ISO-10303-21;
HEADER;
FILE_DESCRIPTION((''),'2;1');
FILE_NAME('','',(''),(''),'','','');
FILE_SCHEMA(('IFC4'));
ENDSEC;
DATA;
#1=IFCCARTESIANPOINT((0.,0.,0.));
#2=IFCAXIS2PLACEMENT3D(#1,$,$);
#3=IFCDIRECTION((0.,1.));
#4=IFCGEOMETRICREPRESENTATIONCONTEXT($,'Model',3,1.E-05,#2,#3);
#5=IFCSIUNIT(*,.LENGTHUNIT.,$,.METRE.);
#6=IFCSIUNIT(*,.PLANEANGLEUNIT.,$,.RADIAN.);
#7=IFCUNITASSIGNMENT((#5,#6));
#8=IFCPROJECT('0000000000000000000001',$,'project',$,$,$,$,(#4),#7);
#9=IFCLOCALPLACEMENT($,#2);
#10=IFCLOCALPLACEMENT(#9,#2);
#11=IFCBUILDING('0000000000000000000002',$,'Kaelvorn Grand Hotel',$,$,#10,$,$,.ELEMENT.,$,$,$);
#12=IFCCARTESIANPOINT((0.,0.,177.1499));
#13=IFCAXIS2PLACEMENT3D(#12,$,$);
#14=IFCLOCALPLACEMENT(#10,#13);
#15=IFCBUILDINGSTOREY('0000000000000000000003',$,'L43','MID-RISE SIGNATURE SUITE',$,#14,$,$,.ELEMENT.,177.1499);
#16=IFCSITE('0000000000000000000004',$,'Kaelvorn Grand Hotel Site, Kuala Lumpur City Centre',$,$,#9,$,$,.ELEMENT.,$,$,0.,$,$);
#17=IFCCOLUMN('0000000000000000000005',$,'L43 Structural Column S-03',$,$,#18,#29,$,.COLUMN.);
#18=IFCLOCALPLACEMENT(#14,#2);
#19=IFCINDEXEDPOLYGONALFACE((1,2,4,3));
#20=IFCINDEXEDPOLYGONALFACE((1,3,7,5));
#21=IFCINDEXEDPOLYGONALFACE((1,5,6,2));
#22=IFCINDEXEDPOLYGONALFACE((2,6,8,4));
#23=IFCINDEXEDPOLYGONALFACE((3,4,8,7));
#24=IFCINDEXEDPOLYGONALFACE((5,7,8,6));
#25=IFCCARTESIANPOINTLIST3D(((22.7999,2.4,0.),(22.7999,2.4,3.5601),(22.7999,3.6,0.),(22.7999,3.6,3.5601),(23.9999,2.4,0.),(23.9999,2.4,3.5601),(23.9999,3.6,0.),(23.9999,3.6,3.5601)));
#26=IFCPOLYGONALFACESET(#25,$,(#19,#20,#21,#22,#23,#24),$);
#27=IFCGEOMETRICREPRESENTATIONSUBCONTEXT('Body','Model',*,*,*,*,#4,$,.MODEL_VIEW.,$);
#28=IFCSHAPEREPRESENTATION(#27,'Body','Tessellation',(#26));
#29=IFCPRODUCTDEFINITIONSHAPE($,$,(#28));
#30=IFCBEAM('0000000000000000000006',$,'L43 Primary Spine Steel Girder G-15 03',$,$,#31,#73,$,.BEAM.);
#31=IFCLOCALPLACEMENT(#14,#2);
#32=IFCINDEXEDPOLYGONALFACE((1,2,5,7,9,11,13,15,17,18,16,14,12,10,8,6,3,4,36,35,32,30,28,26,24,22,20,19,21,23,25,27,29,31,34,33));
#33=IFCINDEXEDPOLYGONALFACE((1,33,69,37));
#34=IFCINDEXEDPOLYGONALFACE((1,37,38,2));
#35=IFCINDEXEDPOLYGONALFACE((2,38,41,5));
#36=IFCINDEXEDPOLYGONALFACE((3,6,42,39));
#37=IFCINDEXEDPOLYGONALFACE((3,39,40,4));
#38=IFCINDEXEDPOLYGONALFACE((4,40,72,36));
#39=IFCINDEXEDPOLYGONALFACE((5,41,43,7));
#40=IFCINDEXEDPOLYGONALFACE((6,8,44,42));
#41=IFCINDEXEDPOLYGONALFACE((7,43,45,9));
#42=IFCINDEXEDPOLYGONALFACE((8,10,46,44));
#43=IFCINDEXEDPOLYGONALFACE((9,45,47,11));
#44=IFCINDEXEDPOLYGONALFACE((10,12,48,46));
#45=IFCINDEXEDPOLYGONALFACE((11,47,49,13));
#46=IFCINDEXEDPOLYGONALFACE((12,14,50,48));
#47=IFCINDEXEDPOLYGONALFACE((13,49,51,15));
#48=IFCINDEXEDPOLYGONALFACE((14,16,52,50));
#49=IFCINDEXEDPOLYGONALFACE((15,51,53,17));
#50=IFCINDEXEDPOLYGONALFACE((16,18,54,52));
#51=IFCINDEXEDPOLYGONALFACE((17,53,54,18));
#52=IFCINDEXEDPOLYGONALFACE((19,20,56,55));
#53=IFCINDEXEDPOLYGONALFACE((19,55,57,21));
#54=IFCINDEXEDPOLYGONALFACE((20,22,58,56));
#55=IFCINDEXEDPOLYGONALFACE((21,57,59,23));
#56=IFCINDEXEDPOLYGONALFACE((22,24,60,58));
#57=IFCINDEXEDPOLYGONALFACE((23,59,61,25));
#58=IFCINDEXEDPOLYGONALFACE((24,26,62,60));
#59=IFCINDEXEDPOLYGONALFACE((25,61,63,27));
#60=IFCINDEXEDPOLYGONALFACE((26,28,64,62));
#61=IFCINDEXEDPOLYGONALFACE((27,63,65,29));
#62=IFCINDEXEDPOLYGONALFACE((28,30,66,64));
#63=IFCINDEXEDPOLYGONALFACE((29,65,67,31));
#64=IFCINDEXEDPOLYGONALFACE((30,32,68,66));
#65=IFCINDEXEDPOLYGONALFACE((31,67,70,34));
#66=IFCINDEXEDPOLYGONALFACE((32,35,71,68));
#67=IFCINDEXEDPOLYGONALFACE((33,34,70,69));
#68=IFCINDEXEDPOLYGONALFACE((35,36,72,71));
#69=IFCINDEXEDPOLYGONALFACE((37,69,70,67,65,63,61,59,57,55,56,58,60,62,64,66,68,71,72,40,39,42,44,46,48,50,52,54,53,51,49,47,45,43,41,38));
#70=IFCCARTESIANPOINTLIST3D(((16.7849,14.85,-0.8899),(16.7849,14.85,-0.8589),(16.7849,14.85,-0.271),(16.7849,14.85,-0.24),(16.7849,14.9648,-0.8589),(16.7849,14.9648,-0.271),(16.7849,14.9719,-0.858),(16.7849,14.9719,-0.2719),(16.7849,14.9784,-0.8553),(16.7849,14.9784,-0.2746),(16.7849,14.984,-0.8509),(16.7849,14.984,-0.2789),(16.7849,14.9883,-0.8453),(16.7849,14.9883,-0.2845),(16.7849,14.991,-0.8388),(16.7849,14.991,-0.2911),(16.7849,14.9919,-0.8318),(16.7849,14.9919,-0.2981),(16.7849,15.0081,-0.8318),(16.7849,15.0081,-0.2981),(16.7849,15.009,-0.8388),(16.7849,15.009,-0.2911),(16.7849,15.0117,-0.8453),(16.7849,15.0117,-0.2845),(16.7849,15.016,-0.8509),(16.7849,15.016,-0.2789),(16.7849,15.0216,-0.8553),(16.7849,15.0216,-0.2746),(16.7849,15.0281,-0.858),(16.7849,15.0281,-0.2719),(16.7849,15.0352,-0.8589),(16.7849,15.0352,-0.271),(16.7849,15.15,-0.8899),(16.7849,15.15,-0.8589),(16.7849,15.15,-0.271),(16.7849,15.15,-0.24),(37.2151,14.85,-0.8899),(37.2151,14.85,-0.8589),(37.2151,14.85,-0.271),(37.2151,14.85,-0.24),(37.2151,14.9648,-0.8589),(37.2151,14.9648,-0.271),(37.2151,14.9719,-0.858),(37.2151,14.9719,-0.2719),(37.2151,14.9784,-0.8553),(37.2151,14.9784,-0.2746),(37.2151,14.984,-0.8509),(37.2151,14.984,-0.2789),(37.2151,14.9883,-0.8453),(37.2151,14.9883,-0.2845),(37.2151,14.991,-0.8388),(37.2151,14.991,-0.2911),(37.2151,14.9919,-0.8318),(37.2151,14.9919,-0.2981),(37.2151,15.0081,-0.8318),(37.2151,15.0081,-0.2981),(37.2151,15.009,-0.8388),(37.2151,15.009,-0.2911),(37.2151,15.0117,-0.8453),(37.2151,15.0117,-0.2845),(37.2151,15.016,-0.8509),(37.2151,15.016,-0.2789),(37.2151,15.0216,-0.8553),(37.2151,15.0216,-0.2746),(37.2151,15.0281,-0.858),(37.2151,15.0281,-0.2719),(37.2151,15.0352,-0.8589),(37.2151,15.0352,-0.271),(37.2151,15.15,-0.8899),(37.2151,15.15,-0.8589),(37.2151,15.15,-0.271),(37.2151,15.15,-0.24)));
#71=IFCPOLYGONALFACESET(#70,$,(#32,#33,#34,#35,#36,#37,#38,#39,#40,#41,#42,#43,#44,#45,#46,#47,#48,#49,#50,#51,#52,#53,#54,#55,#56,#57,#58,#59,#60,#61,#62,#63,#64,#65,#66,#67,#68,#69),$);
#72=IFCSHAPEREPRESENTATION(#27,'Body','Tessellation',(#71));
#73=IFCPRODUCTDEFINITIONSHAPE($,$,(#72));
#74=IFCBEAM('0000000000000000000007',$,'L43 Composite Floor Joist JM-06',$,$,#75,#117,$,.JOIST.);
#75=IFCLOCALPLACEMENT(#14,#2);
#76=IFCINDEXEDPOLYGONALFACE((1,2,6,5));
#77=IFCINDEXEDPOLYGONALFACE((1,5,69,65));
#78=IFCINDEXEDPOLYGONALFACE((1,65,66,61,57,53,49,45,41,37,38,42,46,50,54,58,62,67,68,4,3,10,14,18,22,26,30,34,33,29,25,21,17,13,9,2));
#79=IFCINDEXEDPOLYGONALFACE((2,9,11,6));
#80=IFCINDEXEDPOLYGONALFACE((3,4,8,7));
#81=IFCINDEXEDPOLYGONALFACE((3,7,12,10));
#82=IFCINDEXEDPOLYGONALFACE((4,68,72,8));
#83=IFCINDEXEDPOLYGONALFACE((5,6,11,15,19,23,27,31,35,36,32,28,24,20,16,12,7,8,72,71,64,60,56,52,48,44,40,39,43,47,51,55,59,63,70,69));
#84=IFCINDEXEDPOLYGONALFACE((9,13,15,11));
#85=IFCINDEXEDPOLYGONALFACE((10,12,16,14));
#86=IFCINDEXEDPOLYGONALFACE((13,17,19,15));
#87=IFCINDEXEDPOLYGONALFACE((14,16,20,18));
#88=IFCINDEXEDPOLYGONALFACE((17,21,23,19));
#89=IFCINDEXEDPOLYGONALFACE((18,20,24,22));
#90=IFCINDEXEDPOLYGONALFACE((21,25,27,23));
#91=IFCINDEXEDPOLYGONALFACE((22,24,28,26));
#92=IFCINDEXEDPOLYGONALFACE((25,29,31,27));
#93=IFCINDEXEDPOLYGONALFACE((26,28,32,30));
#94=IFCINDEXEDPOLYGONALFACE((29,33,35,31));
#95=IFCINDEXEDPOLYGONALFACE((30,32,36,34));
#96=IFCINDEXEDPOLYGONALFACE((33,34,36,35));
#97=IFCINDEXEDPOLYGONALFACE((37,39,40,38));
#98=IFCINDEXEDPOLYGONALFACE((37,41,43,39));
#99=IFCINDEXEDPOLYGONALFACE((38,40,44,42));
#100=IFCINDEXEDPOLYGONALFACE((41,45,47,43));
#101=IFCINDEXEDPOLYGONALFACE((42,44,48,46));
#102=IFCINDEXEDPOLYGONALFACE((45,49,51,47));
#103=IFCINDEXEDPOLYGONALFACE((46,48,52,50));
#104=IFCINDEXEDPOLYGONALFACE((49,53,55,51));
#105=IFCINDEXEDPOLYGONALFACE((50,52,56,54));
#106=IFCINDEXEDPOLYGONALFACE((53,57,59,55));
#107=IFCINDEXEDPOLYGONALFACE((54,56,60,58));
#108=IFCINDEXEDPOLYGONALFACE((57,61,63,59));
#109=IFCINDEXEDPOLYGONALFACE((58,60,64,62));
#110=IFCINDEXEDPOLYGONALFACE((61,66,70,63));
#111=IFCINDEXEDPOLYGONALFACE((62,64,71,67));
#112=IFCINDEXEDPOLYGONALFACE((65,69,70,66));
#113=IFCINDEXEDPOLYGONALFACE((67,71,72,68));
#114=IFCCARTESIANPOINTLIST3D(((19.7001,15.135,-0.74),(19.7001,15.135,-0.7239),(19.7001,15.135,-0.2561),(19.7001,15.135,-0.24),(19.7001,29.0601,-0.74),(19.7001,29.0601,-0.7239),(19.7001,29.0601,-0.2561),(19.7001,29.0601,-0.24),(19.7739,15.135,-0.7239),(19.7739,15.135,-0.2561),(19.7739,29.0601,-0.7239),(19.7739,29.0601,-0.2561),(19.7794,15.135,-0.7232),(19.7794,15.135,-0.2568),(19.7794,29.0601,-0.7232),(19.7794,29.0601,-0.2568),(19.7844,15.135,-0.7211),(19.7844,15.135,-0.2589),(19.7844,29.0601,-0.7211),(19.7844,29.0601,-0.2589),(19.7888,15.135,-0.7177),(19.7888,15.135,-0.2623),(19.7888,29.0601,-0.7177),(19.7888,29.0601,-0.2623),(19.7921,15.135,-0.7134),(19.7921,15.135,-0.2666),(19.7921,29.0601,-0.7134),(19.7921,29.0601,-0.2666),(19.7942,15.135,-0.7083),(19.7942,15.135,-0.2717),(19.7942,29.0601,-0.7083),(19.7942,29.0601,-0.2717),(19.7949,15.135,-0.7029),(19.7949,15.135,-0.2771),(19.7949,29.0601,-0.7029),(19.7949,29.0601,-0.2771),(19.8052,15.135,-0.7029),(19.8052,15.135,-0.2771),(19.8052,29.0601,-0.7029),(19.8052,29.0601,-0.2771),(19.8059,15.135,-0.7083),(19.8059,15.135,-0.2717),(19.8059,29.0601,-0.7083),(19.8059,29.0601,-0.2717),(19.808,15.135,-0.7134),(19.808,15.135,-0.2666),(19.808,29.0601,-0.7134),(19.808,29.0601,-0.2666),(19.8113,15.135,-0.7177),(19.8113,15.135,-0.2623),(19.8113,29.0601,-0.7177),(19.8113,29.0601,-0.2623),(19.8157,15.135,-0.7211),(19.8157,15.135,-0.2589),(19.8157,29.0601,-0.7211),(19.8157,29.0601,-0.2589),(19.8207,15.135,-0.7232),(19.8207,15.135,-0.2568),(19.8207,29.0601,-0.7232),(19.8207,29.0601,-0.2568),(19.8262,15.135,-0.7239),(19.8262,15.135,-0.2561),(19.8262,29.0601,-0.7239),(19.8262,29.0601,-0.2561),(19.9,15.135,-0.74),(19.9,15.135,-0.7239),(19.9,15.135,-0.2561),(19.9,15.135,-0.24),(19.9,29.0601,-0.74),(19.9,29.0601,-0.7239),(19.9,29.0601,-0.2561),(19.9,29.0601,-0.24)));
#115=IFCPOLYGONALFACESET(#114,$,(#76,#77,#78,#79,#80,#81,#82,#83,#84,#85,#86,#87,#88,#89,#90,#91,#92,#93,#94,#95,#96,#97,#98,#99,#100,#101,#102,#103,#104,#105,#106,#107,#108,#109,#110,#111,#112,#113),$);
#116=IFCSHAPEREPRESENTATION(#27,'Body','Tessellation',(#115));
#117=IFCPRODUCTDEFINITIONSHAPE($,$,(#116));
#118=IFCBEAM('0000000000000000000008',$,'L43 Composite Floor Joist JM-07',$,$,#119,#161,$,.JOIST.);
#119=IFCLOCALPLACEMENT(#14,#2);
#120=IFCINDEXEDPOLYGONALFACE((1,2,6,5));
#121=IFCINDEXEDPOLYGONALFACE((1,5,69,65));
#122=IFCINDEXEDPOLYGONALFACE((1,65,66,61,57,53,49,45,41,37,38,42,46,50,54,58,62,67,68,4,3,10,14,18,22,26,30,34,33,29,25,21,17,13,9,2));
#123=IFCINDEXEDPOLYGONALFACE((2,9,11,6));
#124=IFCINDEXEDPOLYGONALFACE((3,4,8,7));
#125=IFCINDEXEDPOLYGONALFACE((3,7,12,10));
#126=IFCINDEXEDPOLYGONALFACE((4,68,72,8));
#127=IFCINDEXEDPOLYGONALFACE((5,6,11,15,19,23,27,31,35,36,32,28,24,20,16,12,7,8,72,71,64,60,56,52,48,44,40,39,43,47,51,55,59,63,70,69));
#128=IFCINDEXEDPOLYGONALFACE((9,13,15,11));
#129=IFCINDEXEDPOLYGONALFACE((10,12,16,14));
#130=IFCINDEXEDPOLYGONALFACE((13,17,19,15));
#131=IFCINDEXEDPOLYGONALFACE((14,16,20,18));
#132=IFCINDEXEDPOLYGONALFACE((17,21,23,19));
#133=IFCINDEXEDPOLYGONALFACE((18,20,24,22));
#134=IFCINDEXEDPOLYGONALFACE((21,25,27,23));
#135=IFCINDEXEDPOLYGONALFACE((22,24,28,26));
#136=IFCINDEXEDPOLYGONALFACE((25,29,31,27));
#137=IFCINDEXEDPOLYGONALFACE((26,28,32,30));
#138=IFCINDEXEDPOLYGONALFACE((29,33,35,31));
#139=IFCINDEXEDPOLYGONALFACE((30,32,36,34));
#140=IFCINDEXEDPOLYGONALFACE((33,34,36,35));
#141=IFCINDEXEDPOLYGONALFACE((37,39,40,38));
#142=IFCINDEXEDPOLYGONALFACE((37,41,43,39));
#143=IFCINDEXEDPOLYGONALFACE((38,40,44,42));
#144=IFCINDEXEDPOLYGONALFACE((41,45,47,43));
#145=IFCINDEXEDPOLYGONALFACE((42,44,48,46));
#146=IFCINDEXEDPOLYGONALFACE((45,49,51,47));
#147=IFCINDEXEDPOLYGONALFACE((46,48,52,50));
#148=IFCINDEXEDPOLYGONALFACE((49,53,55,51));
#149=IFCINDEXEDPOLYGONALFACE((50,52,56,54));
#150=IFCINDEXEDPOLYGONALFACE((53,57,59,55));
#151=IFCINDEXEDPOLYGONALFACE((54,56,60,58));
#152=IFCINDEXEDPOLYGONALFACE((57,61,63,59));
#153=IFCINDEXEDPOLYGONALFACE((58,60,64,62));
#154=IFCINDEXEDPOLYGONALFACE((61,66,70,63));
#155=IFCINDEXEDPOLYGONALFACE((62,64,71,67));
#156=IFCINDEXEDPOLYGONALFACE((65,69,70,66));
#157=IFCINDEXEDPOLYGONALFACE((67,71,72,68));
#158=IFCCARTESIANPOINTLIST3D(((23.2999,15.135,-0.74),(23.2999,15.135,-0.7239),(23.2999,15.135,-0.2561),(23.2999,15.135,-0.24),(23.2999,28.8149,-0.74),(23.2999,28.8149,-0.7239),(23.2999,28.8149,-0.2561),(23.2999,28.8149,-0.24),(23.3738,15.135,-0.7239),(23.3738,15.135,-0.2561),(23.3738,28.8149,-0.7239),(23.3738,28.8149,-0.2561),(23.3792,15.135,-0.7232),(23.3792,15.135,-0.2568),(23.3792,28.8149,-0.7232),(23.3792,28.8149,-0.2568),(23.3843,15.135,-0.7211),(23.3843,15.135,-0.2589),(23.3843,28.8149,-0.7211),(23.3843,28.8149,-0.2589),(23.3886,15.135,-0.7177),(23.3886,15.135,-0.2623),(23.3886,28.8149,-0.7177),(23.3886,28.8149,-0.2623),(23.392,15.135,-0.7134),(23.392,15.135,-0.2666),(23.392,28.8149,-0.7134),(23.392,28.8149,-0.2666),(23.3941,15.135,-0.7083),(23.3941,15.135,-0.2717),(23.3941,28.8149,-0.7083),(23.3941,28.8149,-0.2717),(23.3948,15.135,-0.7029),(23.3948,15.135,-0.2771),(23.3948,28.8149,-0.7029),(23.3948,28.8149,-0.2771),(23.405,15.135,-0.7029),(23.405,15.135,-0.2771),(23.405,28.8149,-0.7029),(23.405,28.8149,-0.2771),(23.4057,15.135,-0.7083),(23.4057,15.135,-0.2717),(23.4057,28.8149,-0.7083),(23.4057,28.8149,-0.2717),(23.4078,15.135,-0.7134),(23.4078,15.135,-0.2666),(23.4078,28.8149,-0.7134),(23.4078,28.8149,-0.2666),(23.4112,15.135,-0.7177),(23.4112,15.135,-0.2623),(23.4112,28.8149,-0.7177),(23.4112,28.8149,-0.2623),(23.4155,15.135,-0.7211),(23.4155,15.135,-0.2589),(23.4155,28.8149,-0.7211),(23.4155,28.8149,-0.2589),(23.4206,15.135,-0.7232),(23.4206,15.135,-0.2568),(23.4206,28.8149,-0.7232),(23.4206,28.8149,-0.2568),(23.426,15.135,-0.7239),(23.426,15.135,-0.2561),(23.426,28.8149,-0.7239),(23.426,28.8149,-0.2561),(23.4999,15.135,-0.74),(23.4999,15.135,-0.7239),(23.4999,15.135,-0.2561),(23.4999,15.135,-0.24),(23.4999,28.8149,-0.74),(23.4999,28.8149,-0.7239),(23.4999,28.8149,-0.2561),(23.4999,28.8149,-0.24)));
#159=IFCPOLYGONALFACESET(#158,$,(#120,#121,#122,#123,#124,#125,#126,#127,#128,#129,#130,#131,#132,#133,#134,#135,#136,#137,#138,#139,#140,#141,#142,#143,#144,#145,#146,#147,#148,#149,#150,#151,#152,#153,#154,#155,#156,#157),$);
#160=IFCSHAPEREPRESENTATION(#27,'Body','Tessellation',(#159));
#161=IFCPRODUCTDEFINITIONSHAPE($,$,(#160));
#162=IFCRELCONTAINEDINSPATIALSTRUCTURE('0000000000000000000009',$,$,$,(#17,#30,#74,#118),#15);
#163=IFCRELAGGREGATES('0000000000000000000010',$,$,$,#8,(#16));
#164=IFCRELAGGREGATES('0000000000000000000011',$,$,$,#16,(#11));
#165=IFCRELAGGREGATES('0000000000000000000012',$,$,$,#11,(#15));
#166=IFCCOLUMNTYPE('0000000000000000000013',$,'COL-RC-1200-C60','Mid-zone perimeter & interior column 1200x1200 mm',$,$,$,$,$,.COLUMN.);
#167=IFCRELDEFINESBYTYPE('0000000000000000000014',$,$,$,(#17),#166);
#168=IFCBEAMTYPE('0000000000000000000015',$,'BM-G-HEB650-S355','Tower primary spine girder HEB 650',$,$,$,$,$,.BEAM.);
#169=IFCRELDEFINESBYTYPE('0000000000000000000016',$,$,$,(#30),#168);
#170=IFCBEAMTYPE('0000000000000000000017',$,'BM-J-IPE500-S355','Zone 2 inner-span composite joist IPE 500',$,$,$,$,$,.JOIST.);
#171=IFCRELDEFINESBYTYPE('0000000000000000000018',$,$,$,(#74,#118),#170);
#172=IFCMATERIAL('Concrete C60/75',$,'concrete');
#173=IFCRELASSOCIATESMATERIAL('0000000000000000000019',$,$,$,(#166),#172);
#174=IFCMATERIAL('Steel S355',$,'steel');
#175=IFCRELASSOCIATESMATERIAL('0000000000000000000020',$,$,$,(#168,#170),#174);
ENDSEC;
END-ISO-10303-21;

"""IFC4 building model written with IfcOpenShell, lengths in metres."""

from ifc_helpers import new_model, si_unit, direction, frame, origin, origin_2d, place, context, subcontext, project, spatial, rectangle, i_section, extrude, material, material_profile, profile_set, type_object, element, save


model = new_model("IFC4")

# Units and contexts
model_context = context("Model", 3, precision=1e-05, world=origin(), true_north=direction((0.0, 1.0)))
body_context = subcontext(model_context, "Body", "Model", "MODEL_VIEW")
ifc_project = project(units=[si_unit("LENGTHUNIT", "METRE"), si_unit("PLANEANGLEUNIT", "RADIAN")], contexts=[model_context])

# Site, building, storey
site_placement = place(None, origin())
site = spatial("IfcSite", under=ifc_project, at=site_placement, Name="Kaelvorn Grand Hotel Site, Kuala Lumpur City Centre", CompositionType="ELEMENT", RefElevation=0.0)
building_placement = place(site_placement, origin())
building = spatial("IfcBuilding", under=site, at=building_placement, Name="Kaelvorn Grand Hotel", CompositionType="ELEMENT")
storey_placement = place(building_placement, frame((0.0, 0.0, 177.1499)))
storey = spatial("IfcBuildingStorey", under=building, at=storey_placement, Name="L43", Description="MID-RISE SIGNATURE SUITE", CompositionType="ELEMENT", Elevation=177.1499)

# Column
ifc_material_1 = material(Name="Concrete C60/75", Category="concrete")
ifc_material_profile_1 = material_profile(ifc_material_1, rectangle(XDim=1.2, YDim=1.2, at=origin_2d()), Name="RC COL 1200x1200")
ifc_profile_set_1 = profile_set([ifc_material_profile_1], Name="Concrete C60/75")
column_type = type_object("IfcColumnType", Name="COL-RC-1200-C60", Description="Mid-zone perimeter & interior column 1200x1200 mm", PredefinedType="COLUMN", material=ifc_profile_set_1)
column_placement = place(storey_placement, frame((23.3999, 3.0, 0.0), z_axis=(0.0, 0.0, 1.0), x_axis=(1.0, 0.0, 0.0)))
element("IfcColumn", 1, at=column_placement, inside=storey, type_object=column_type, Name="L43 Structural Column S-03", PredefinedType="COLUMN", context=body_context, shape_type="SweptSolid", body=[
    extrude(rectangle(XDim=1.2, YDim=1.2, at=origin_2d()), origin(), (0.0, 0.0, 1.0), 3.5601),
])

# Beams
ifc_material_2 = material(Name="Steel S355", Category="steel")
ifc_material_profile_2 = material_profile(ifc_material_2, i_section(OverallWidth=0.3, OverallDepth=0.6499, WebThickness=0.0161, FlangeThickness=0.031, FilletRadius=0.0271, at=origin_2d()), Name="HEB 650")
ifc_profile_set_2 = profile_set([ifc_material_profile_2], Name="Steel S355")
beam_type_1 = type_object("IfcBeamType", Name="BM-G-HEB650-S355", Description="Tower primary spine girder HEB 650", PredefinedType="BEAM", material=ifc_profile_set_2)
beam_1_placement = place(storey_placement, frame((16.7849, 15.0, -0.5649), z_axis=(1.0, 0.0, 0.0), x_axis=(0.0, 1.0, 0.0)))
element("IfcBeam", 2, at=beam_1_placement, inside=storey, type_object=beam_type_1, Name="L43 Primary Spine Steel Girder G-15 03", PredefinedType="BEAM", context=body_context, shape_type="SweptSolid", body=[
    extrude(i_section(OverallWidth=0.3, OverallDepth=0.6499, WebThickness=0.0161, FlangeThickness=0.031, FilletRadius=0.0271, at=origin_2d()), origin(), (0.0, 0.0, 1.0), 20.4302),
])
ifc_material_profile_3 = material_profile(ifc_material_2, i_section(OverallWidth=0.2, OverallDepth=0.5, WebThickness=0.0103, FlangeThickness=0.0161, FilletRadius=0.021, at=origin_2d()), Name="IPE 500")
ifc_profile_set_3 = profile_set([ifc_material_profile_3], Name="Steel S355")
beam_type_2 = type_object("IfcBeamType", Name="BM-J-IPE500-S355", Description="Zone 2 inner-span composite joist IPE 500", PredefinedType="JOIST", material=ifc_profile_set_3)
beam_2_placement = place(storey_placement, frame((19.8, 15.135, -0.49), z_axis=(0.0, 1.0, 0.0), x_axis=(-1.0, 0.0, 0.0)))
element("IfcBeam", 3, at=beam_2_placement, inside=storey, type_object=beam_type_2, Name="L43 Composite Floor Joist JM-06", PredefinedType="JOIST", context=body_context, shape_type="SweptSolid", body=[
    extrude(i_section(OverallWidth=0.2, OverallDepth=0.5, WebThickness=0.0103, FlangeThickness=0.0161, FilletRadius=0.021, at=origin_2d()), origin(), (0.0, 0.0, 1.0), 13.925),
])
beam_3_placement = place(storey_placement, frame((23.3999, 15.135, -0.49), z_axis=(0.0, 1.0, 0.0), x_axis=(-1.0, 0.0, 0.0)))
element("IfcBeam", 4, at=beam_3_placement, inside=storey, type_object=beam_type_2, Name="L43 Composite Floor Joist JM-07", PredefinedType="JOIST", context=body_context, shape_type="SweptSolid", body=[
    extrude(i_section(OverallWidth=0.2, OverallDepth=0.5, WebThickness=0.0103, FlangeThickness=0.0161, FilletRadius=0.021, at=origin_2d()), origin(), (0.0, 0.0, 1.0), 13.6799),
])

save(model, "model.ifc")
